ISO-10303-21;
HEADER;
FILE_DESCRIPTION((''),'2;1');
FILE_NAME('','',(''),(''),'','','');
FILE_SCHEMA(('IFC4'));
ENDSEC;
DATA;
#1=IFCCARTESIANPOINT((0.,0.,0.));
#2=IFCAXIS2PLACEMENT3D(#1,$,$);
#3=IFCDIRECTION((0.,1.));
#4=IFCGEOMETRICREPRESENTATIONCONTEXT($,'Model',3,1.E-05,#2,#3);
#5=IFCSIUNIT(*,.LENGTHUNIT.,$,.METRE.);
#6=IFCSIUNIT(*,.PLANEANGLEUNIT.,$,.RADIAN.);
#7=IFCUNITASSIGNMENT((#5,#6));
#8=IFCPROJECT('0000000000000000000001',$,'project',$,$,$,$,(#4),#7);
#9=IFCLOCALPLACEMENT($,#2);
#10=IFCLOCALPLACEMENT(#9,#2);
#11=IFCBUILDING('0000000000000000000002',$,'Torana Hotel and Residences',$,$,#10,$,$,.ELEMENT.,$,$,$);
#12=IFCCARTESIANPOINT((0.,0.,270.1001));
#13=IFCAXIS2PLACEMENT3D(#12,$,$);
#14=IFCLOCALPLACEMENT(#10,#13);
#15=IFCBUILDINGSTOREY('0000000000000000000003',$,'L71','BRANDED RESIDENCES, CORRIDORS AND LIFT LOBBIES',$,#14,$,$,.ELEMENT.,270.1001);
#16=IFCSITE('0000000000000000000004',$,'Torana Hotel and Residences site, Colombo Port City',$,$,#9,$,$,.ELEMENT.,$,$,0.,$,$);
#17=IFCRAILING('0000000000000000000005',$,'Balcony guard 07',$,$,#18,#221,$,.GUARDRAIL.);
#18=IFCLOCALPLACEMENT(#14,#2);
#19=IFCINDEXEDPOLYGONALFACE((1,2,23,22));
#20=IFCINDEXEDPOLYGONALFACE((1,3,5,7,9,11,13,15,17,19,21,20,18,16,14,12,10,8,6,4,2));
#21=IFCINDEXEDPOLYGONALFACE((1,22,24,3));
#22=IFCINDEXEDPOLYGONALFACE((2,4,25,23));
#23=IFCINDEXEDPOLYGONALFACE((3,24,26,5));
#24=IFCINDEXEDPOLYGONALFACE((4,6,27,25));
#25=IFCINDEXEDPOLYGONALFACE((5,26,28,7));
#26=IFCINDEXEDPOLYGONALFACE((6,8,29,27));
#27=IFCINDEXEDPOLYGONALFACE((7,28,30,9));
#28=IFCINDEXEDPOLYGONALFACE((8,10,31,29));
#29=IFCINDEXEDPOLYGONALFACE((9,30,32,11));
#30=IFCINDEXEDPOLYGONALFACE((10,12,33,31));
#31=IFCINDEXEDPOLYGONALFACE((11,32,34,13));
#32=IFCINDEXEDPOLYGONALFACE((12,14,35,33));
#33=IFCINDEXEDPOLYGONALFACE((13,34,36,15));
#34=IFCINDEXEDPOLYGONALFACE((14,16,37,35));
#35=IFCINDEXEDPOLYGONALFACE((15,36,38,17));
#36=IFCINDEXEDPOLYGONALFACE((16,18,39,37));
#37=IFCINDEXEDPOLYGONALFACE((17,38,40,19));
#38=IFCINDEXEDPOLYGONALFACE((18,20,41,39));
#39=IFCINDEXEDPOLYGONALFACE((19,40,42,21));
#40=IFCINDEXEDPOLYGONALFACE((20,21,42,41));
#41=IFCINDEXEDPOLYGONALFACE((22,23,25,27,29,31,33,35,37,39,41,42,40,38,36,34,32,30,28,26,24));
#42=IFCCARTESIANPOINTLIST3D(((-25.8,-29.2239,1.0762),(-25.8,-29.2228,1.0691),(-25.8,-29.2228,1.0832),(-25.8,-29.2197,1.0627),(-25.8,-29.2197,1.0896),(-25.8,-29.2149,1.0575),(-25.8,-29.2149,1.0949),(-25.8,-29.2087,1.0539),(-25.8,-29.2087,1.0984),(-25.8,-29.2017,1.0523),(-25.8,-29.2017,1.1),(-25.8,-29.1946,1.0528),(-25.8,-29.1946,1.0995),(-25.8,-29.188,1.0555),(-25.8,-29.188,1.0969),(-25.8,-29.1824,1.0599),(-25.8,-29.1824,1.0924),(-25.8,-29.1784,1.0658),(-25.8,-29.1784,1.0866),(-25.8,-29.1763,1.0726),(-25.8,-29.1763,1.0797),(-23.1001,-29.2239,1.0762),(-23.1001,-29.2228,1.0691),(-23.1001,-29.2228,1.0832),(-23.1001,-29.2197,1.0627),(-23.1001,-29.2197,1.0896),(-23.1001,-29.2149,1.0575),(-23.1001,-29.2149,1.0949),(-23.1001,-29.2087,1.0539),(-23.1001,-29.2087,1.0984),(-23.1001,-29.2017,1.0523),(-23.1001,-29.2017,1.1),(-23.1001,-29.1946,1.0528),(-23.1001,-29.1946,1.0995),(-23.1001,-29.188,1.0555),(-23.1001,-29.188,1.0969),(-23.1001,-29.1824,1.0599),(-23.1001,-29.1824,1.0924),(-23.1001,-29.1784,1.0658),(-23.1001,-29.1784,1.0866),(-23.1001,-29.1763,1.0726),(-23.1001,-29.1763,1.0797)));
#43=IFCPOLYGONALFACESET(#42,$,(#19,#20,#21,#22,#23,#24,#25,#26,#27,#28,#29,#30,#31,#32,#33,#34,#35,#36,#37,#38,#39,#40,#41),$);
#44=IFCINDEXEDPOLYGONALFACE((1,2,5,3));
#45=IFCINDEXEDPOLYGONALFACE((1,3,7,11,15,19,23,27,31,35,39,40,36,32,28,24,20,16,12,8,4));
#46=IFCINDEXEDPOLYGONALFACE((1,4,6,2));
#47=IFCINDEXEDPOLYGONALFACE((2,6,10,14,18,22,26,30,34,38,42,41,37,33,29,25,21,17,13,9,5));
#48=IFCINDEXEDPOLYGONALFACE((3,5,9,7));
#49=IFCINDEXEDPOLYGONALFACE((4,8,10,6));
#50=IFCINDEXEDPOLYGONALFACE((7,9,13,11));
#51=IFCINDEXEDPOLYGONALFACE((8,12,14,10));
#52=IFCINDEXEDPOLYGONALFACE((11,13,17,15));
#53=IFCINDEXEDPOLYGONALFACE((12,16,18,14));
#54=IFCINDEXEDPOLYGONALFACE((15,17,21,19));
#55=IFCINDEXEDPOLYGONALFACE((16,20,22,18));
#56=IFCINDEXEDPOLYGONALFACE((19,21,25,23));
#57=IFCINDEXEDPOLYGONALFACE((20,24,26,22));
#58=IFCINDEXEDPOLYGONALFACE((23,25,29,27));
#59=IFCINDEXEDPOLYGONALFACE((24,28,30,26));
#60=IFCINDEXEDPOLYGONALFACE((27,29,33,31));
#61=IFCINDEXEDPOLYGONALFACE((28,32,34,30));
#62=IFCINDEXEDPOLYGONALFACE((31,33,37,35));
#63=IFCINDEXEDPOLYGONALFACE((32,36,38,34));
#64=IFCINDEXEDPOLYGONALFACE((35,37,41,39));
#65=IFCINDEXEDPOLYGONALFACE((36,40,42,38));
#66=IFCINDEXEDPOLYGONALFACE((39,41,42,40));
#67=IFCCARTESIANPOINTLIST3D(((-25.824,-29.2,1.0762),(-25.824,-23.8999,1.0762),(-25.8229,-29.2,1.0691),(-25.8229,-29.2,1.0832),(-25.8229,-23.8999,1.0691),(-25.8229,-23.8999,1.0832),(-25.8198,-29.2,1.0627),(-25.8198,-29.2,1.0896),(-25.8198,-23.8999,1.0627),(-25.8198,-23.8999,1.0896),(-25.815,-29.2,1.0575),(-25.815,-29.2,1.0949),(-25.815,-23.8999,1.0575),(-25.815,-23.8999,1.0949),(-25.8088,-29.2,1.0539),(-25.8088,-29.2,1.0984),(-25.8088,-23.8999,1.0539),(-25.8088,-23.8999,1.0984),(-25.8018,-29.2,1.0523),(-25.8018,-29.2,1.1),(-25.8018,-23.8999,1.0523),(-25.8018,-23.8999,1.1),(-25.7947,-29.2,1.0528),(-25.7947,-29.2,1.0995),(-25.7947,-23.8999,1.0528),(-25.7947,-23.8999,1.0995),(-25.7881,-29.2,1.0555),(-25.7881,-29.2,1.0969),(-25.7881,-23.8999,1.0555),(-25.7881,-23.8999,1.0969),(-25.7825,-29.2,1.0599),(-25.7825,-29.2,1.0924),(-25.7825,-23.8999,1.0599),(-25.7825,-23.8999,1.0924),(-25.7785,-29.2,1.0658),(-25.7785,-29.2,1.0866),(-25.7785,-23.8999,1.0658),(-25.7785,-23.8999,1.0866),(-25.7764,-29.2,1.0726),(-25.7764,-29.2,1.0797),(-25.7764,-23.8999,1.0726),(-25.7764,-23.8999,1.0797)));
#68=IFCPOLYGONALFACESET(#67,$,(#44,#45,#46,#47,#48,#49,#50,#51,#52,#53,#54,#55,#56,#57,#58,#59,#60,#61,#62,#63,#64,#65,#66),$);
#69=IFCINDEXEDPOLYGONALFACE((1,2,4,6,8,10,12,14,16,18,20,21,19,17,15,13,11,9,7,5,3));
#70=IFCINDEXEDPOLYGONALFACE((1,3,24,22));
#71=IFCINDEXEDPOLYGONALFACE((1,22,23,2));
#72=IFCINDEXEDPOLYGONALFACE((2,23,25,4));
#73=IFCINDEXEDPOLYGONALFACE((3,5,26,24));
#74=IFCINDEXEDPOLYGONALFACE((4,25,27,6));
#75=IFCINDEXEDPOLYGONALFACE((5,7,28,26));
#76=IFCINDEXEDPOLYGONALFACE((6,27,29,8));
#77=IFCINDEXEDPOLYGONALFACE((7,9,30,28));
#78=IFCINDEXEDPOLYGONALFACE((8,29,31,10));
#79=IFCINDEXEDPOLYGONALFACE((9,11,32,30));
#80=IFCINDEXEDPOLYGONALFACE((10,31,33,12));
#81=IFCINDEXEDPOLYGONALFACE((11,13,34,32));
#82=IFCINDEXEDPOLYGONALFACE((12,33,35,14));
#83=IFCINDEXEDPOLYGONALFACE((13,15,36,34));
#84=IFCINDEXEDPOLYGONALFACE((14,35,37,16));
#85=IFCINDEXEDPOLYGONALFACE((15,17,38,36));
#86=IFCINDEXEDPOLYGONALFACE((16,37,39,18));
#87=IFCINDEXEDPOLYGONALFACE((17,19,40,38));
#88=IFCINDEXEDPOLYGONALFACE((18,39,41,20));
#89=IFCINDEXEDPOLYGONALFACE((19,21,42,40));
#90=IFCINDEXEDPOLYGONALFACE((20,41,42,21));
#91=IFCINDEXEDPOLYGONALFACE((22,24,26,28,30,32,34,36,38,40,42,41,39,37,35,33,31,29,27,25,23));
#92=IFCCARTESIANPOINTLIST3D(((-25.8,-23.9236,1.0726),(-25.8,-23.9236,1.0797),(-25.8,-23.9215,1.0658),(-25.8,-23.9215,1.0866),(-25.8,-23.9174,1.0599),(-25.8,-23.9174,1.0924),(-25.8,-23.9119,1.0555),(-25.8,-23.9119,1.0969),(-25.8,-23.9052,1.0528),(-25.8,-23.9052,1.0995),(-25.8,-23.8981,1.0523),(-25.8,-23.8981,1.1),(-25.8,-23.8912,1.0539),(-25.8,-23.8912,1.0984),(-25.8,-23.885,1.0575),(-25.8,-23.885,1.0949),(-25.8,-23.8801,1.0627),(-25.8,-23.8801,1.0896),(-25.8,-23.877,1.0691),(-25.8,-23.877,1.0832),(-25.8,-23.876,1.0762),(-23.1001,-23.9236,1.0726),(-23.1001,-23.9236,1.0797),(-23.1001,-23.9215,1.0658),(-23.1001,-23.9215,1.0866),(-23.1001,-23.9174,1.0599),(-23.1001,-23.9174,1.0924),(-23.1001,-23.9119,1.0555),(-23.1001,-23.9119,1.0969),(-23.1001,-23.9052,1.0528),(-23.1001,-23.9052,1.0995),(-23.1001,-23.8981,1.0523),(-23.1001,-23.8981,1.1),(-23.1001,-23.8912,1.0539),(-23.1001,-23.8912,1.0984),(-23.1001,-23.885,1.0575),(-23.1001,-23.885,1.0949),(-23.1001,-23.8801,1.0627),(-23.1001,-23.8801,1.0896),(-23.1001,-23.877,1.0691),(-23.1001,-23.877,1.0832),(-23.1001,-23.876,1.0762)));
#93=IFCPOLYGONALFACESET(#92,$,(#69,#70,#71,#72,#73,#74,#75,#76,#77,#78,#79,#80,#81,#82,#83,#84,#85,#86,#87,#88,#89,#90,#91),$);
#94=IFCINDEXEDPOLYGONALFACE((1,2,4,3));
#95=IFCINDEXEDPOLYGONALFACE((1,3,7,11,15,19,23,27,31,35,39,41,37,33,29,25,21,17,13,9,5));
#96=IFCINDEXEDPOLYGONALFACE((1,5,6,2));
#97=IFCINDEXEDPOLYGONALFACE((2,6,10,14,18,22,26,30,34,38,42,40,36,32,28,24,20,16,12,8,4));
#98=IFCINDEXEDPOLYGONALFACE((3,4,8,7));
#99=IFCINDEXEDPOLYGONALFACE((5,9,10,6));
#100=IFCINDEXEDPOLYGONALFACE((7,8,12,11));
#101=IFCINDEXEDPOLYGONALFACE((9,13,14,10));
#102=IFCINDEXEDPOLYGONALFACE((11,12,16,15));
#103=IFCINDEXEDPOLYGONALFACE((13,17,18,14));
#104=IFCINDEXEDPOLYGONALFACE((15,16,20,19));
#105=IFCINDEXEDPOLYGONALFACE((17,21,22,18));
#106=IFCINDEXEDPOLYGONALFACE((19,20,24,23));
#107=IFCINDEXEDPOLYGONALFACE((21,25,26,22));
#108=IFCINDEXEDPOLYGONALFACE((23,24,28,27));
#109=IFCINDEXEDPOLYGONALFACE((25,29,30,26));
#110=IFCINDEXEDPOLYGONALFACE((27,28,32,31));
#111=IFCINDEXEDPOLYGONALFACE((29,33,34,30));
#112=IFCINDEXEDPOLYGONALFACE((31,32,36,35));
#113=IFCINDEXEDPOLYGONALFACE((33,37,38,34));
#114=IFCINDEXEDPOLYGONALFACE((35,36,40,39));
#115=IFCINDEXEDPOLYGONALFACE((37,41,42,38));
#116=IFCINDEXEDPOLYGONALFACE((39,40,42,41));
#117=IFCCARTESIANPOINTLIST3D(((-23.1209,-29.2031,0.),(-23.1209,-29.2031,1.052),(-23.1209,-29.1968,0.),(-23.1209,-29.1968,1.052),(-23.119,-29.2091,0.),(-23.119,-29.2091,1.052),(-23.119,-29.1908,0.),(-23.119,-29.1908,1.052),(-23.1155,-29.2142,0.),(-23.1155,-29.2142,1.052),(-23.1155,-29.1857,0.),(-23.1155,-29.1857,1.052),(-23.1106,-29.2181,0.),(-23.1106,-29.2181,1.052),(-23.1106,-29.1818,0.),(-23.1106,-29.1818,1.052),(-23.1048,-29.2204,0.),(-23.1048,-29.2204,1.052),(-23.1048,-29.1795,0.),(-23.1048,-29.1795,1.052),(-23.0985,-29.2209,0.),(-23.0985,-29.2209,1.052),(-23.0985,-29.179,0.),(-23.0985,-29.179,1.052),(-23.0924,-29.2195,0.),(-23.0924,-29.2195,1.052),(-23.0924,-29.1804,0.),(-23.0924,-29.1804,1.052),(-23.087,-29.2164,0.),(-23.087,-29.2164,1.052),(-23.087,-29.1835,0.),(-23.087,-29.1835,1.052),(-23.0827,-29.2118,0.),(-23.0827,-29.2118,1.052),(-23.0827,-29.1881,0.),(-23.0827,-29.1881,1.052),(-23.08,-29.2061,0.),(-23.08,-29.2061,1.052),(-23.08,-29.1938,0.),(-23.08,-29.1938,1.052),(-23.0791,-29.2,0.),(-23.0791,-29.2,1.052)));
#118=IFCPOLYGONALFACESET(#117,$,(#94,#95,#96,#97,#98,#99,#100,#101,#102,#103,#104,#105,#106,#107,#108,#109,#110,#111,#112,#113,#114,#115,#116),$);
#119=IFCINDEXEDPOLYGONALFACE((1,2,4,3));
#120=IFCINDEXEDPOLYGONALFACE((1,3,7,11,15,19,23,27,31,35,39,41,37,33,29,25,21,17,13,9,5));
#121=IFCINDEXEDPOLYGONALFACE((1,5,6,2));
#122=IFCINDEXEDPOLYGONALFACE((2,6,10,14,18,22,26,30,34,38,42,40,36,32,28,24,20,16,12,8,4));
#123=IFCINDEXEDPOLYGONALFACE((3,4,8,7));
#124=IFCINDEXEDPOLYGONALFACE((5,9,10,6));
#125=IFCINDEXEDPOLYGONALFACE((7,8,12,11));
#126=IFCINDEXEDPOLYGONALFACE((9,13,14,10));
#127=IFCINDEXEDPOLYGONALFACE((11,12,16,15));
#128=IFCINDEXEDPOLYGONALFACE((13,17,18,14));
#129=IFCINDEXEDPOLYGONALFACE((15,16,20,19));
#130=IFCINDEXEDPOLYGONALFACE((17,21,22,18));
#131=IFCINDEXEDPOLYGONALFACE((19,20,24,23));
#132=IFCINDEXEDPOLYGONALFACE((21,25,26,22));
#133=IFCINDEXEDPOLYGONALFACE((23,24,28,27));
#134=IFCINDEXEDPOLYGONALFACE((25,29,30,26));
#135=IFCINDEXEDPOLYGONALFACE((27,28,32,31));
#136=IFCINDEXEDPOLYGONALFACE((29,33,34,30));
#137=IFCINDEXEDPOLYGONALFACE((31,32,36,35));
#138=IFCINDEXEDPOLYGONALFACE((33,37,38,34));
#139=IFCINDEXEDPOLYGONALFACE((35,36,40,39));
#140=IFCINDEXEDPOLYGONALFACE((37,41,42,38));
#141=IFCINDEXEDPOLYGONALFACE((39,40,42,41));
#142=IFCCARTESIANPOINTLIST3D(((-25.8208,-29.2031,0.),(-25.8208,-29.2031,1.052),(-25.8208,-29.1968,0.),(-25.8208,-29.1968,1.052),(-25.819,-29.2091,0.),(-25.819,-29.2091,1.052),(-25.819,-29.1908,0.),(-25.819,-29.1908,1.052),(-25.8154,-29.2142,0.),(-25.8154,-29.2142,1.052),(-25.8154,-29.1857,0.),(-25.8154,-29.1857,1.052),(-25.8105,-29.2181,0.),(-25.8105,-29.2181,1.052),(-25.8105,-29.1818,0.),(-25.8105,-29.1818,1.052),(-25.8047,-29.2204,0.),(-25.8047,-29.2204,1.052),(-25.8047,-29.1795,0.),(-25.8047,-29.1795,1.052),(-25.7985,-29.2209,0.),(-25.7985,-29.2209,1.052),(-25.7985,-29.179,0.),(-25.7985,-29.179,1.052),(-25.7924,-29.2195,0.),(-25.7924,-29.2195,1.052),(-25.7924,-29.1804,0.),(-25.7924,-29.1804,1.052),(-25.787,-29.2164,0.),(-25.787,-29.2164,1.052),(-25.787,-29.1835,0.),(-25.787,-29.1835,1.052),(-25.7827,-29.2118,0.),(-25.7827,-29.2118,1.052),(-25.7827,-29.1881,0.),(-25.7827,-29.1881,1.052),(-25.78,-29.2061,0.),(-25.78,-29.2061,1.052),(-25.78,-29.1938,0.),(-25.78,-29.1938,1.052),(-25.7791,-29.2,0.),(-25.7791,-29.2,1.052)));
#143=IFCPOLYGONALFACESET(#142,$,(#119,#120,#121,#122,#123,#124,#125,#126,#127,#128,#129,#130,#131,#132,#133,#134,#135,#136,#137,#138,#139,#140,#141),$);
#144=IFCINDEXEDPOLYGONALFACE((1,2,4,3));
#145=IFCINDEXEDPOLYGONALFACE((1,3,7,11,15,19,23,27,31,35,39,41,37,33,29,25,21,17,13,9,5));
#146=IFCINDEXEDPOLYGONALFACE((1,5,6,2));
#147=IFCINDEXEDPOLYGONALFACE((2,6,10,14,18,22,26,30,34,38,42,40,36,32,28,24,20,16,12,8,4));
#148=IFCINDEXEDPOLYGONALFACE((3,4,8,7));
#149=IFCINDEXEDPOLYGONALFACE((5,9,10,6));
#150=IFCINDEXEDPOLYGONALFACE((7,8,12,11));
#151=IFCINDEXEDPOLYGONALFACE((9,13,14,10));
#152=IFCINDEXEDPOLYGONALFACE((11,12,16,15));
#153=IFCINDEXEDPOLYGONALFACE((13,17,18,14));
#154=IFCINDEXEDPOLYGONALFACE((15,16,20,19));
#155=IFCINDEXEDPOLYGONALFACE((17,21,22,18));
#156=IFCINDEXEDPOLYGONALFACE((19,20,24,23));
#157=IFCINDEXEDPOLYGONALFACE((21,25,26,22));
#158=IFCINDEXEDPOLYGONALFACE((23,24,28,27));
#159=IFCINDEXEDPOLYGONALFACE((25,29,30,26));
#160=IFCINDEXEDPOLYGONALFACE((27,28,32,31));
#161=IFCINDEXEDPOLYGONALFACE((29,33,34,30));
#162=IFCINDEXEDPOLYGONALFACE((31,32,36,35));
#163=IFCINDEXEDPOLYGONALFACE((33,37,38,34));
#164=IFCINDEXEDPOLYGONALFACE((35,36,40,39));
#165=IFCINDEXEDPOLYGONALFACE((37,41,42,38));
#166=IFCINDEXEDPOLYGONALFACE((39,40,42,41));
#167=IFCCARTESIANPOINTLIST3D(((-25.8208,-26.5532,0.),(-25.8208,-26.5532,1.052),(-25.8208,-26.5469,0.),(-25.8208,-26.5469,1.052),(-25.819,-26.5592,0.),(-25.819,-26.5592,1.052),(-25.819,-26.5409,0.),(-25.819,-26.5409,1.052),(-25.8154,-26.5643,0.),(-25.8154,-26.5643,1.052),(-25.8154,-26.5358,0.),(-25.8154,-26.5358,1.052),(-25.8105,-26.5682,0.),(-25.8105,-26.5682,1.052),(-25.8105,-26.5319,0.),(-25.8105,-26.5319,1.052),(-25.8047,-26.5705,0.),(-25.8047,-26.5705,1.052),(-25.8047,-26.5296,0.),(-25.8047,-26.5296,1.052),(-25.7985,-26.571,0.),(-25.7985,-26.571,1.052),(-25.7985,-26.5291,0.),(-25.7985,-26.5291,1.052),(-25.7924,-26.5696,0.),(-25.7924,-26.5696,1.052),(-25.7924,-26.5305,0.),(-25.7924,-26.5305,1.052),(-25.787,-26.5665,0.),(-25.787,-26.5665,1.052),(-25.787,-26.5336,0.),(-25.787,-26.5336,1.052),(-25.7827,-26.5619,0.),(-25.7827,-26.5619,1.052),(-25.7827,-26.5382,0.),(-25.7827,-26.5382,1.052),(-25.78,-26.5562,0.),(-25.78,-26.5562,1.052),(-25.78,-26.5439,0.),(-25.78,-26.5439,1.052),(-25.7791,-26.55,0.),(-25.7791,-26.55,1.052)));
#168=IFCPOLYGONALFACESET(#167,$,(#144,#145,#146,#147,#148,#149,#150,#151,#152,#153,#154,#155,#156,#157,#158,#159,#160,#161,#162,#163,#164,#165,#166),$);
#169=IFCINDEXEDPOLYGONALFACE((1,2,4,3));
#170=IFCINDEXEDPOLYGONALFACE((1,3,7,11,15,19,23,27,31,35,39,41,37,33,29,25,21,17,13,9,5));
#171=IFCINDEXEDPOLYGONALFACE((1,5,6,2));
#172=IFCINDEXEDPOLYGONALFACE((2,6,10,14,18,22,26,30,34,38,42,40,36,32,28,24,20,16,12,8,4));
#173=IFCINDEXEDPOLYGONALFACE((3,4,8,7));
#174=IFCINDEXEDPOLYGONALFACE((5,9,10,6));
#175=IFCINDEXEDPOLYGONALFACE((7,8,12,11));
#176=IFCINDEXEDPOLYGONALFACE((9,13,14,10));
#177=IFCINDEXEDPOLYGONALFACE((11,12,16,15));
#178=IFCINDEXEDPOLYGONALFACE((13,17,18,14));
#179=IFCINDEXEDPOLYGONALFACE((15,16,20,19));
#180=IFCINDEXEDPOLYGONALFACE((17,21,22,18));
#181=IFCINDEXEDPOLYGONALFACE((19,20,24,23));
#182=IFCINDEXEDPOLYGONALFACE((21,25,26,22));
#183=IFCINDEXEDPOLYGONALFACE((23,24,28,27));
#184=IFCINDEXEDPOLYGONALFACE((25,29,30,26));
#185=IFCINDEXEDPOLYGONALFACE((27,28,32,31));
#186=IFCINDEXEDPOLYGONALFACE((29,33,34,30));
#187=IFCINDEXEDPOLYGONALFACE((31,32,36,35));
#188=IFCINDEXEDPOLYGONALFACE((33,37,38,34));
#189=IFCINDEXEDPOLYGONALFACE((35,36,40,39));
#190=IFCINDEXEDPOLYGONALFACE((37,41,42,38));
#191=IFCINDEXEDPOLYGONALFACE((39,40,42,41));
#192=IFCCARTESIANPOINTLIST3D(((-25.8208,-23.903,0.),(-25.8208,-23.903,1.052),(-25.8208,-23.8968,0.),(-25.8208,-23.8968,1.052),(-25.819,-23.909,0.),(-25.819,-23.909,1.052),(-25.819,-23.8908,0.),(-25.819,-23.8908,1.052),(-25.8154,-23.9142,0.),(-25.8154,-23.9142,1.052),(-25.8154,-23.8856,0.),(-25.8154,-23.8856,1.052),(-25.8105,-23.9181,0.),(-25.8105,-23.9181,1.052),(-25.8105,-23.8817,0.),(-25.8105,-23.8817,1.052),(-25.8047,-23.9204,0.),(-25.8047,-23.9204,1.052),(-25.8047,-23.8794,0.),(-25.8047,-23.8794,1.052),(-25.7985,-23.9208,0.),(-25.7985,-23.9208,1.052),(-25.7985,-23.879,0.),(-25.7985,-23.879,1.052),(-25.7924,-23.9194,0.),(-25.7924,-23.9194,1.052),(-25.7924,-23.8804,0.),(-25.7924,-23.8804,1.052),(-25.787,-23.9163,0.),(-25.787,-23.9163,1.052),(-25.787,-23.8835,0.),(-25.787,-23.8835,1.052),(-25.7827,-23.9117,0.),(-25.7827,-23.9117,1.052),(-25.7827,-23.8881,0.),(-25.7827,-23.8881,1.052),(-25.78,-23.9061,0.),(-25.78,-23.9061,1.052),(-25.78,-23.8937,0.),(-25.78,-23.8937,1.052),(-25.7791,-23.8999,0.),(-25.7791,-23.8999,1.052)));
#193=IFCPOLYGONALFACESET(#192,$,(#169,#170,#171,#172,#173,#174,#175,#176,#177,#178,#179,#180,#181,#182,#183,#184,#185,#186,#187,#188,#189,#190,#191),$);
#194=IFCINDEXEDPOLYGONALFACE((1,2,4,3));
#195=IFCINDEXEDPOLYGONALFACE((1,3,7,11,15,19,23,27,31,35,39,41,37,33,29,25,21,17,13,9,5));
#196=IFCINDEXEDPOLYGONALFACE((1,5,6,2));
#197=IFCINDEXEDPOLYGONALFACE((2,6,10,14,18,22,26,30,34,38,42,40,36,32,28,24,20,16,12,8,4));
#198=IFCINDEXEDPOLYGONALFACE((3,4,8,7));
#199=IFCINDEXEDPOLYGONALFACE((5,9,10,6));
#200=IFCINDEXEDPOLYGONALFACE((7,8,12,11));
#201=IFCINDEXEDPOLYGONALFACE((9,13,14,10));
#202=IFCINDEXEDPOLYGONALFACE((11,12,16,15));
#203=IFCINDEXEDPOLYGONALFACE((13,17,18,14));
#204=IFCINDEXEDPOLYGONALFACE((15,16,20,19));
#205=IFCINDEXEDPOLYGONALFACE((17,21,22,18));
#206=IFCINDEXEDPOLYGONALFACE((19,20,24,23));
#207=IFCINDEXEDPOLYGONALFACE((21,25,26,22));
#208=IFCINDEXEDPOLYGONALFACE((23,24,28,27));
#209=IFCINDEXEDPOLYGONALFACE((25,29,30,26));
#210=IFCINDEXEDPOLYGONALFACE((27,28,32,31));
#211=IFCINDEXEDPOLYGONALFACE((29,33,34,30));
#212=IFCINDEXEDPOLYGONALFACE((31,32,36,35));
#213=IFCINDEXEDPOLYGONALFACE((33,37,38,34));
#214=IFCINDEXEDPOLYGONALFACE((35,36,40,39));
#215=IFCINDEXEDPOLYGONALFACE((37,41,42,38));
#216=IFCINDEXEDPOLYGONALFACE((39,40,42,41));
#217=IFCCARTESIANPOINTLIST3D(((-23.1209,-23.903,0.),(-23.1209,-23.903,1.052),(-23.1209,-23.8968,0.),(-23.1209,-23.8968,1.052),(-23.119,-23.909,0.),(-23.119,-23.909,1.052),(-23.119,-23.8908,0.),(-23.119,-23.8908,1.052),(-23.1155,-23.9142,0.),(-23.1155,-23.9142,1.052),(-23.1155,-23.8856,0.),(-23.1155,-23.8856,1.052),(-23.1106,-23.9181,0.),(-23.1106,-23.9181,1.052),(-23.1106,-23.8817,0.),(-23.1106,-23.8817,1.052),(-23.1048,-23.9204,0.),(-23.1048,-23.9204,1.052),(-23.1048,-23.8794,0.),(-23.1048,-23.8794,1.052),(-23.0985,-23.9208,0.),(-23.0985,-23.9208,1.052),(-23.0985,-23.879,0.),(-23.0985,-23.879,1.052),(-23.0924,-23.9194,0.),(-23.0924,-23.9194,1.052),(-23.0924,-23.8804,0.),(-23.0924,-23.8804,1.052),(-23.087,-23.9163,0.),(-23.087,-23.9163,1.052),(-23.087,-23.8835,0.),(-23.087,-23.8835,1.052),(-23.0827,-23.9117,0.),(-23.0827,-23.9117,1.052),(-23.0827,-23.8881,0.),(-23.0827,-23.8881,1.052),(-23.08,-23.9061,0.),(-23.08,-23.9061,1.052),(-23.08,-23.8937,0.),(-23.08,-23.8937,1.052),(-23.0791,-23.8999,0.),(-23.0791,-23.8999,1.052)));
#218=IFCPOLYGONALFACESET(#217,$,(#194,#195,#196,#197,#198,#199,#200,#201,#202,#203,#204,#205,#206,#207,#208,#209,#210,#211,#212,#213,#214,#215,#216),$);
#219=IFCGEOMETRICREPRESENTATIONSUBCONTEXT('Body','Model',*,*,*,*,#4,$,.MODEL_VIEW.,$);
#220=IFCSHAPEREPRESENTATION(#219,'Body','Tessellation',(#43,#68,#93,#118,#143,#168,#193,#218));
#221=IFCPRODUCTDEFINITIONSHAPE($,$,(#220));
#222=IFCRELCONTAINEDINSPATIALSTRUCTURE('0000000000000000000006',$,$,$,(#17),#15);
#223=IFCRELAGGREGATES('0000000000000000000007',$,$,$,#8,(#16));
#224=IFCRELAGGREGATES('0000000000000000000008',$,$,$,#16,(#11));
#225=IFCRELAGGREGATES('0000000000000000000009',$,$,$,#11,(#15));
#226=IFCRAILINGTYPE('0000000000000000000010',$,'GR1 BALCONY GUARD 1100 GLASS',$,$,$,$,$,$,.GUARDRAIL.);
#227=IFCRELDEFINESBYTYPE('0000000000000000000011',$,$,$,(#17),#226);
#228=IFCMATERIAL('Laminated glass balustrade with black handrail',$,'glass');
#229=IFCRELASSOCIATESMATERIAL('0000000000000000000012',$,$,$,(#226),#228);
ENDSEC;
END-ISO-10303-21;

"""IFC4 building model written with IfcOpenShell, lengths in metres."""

from ifc_helpers import new_model, si_unit, direction, frame, origin, origin_2d, place, context, subcontext, project, spatial, circle, extrude, material, type_object, element, save


model = new_model("IFC4")

# Units and contexts
model_context = context("Model", 3, precision=1e-05, world=origin(), true_north=direction((0.0, 1.0)))
body_context = subcontext(model_context, "Body", "Model", "MODEL_VIEW")
ifc_project = project(units=[si_unit("LENGTHUNIT", "METRE"), si_unit("PLANEANGLEUNIT", "RADIAN")], contexts=[model_context])

# Site, building, storey
site_placement = place(None, origin())
site = spatial("IfcSite", under=ifc_project, at=site_placement, Name="Torana Hotel and Residences site, Colombo Port City", CompositionType="ELEMENT", RefElevation=0.0)
building_placement = place(site_placement, origin())
building = spatial("IfcBuilding", under=site, at=building_placement, Name="Torana Hotel and Residences", CompositionType="ELEMENT")
storey_placement = place(building_placement, frame((0.0, 0.0, 270.1001)))
storey = spatial("IfcBuildingStorey", under=building, at=storey_placement, Name="L71", Description="BRANDED RESIDENCES, CORRIDORS AND LIFT LOBBIES", CompositionType="ELEMENT", Elevation=270.1001)

# Railing
ifc_material_1 = material(Name="Laminated glass balustrade with black handrail", Category="glass")
railing_type = type_object("IfcRailingType", Name="GR1 BALCONY GUARD 1100 GLASS", PredefinedType="GUARDRAIL", material=ifc_material_1)
railing_placement = place(storey_placement, frame((-23.1001, -29.2, 0.0)))
element("IfcRailing", 1, at=railing_placement, inside=storey, type_object=railing_type, Name="Balcony guard 07", PredefinedType="GUARDRAIL", context=body_context, shape_type="SweptSolid", body=[
    extrude(circle(Radius=0.0239, at=origin_2d()), frame((0.0, 0.0, 1.0762), z_axis=(-1.0, 0.0, 0.0), x_axis=(0.0, -1.0, 0.0)), (0.0, 0.0, 1.0), 2.7),
    extrude(circle(Radius=0.0239, at=origin_2d()), frame((-2.7, 0.0, 1.0762), z_axis=(0.0, 1.0, 0.0), x_axis=(-1.0, 0.0, 0.0)), (0.0, 0.0, 1.0), 5.3),
    extrude(circle(Radius=0.0239, at=origin_2d()), frame((-2.7, 5.3, 1.0762), z_axis=(1.0, 0.0, 0.0), x_axis=(0.0, 1.0, 0.0)), (0.0, 0.0, 1.0), 2.7),
    extrude(circle(Radius=0.021, at=origin_2d()), origin(), (0.0, 0.0, 1.0), 1.052),
    extrude(circle(Radius=0.021, at=origin_2d()), frame((-2.7, 0.0, 0.0)), (0.0, 0.0, 1.0), 1.052),
    extrude(circle(Radius=0.021, at=origin_2d()), frame((-2.7, 2.6499, 0.0)), (0.0, 0.0, 1.0), 1.052),
    extrude(circle(Radius=0.021, at=origin_2d()), frame((-2.7, 5.3, 0.0)), (0.0, 0.0, 1.0), 1.052),
    extrude(circle(Radius=0.021, at=origin_2d()), frame((0.0, 5.3, 0.0)), (0.0, 0.0, 1.0), 1.052),
])

save(model, "model.ifc")
